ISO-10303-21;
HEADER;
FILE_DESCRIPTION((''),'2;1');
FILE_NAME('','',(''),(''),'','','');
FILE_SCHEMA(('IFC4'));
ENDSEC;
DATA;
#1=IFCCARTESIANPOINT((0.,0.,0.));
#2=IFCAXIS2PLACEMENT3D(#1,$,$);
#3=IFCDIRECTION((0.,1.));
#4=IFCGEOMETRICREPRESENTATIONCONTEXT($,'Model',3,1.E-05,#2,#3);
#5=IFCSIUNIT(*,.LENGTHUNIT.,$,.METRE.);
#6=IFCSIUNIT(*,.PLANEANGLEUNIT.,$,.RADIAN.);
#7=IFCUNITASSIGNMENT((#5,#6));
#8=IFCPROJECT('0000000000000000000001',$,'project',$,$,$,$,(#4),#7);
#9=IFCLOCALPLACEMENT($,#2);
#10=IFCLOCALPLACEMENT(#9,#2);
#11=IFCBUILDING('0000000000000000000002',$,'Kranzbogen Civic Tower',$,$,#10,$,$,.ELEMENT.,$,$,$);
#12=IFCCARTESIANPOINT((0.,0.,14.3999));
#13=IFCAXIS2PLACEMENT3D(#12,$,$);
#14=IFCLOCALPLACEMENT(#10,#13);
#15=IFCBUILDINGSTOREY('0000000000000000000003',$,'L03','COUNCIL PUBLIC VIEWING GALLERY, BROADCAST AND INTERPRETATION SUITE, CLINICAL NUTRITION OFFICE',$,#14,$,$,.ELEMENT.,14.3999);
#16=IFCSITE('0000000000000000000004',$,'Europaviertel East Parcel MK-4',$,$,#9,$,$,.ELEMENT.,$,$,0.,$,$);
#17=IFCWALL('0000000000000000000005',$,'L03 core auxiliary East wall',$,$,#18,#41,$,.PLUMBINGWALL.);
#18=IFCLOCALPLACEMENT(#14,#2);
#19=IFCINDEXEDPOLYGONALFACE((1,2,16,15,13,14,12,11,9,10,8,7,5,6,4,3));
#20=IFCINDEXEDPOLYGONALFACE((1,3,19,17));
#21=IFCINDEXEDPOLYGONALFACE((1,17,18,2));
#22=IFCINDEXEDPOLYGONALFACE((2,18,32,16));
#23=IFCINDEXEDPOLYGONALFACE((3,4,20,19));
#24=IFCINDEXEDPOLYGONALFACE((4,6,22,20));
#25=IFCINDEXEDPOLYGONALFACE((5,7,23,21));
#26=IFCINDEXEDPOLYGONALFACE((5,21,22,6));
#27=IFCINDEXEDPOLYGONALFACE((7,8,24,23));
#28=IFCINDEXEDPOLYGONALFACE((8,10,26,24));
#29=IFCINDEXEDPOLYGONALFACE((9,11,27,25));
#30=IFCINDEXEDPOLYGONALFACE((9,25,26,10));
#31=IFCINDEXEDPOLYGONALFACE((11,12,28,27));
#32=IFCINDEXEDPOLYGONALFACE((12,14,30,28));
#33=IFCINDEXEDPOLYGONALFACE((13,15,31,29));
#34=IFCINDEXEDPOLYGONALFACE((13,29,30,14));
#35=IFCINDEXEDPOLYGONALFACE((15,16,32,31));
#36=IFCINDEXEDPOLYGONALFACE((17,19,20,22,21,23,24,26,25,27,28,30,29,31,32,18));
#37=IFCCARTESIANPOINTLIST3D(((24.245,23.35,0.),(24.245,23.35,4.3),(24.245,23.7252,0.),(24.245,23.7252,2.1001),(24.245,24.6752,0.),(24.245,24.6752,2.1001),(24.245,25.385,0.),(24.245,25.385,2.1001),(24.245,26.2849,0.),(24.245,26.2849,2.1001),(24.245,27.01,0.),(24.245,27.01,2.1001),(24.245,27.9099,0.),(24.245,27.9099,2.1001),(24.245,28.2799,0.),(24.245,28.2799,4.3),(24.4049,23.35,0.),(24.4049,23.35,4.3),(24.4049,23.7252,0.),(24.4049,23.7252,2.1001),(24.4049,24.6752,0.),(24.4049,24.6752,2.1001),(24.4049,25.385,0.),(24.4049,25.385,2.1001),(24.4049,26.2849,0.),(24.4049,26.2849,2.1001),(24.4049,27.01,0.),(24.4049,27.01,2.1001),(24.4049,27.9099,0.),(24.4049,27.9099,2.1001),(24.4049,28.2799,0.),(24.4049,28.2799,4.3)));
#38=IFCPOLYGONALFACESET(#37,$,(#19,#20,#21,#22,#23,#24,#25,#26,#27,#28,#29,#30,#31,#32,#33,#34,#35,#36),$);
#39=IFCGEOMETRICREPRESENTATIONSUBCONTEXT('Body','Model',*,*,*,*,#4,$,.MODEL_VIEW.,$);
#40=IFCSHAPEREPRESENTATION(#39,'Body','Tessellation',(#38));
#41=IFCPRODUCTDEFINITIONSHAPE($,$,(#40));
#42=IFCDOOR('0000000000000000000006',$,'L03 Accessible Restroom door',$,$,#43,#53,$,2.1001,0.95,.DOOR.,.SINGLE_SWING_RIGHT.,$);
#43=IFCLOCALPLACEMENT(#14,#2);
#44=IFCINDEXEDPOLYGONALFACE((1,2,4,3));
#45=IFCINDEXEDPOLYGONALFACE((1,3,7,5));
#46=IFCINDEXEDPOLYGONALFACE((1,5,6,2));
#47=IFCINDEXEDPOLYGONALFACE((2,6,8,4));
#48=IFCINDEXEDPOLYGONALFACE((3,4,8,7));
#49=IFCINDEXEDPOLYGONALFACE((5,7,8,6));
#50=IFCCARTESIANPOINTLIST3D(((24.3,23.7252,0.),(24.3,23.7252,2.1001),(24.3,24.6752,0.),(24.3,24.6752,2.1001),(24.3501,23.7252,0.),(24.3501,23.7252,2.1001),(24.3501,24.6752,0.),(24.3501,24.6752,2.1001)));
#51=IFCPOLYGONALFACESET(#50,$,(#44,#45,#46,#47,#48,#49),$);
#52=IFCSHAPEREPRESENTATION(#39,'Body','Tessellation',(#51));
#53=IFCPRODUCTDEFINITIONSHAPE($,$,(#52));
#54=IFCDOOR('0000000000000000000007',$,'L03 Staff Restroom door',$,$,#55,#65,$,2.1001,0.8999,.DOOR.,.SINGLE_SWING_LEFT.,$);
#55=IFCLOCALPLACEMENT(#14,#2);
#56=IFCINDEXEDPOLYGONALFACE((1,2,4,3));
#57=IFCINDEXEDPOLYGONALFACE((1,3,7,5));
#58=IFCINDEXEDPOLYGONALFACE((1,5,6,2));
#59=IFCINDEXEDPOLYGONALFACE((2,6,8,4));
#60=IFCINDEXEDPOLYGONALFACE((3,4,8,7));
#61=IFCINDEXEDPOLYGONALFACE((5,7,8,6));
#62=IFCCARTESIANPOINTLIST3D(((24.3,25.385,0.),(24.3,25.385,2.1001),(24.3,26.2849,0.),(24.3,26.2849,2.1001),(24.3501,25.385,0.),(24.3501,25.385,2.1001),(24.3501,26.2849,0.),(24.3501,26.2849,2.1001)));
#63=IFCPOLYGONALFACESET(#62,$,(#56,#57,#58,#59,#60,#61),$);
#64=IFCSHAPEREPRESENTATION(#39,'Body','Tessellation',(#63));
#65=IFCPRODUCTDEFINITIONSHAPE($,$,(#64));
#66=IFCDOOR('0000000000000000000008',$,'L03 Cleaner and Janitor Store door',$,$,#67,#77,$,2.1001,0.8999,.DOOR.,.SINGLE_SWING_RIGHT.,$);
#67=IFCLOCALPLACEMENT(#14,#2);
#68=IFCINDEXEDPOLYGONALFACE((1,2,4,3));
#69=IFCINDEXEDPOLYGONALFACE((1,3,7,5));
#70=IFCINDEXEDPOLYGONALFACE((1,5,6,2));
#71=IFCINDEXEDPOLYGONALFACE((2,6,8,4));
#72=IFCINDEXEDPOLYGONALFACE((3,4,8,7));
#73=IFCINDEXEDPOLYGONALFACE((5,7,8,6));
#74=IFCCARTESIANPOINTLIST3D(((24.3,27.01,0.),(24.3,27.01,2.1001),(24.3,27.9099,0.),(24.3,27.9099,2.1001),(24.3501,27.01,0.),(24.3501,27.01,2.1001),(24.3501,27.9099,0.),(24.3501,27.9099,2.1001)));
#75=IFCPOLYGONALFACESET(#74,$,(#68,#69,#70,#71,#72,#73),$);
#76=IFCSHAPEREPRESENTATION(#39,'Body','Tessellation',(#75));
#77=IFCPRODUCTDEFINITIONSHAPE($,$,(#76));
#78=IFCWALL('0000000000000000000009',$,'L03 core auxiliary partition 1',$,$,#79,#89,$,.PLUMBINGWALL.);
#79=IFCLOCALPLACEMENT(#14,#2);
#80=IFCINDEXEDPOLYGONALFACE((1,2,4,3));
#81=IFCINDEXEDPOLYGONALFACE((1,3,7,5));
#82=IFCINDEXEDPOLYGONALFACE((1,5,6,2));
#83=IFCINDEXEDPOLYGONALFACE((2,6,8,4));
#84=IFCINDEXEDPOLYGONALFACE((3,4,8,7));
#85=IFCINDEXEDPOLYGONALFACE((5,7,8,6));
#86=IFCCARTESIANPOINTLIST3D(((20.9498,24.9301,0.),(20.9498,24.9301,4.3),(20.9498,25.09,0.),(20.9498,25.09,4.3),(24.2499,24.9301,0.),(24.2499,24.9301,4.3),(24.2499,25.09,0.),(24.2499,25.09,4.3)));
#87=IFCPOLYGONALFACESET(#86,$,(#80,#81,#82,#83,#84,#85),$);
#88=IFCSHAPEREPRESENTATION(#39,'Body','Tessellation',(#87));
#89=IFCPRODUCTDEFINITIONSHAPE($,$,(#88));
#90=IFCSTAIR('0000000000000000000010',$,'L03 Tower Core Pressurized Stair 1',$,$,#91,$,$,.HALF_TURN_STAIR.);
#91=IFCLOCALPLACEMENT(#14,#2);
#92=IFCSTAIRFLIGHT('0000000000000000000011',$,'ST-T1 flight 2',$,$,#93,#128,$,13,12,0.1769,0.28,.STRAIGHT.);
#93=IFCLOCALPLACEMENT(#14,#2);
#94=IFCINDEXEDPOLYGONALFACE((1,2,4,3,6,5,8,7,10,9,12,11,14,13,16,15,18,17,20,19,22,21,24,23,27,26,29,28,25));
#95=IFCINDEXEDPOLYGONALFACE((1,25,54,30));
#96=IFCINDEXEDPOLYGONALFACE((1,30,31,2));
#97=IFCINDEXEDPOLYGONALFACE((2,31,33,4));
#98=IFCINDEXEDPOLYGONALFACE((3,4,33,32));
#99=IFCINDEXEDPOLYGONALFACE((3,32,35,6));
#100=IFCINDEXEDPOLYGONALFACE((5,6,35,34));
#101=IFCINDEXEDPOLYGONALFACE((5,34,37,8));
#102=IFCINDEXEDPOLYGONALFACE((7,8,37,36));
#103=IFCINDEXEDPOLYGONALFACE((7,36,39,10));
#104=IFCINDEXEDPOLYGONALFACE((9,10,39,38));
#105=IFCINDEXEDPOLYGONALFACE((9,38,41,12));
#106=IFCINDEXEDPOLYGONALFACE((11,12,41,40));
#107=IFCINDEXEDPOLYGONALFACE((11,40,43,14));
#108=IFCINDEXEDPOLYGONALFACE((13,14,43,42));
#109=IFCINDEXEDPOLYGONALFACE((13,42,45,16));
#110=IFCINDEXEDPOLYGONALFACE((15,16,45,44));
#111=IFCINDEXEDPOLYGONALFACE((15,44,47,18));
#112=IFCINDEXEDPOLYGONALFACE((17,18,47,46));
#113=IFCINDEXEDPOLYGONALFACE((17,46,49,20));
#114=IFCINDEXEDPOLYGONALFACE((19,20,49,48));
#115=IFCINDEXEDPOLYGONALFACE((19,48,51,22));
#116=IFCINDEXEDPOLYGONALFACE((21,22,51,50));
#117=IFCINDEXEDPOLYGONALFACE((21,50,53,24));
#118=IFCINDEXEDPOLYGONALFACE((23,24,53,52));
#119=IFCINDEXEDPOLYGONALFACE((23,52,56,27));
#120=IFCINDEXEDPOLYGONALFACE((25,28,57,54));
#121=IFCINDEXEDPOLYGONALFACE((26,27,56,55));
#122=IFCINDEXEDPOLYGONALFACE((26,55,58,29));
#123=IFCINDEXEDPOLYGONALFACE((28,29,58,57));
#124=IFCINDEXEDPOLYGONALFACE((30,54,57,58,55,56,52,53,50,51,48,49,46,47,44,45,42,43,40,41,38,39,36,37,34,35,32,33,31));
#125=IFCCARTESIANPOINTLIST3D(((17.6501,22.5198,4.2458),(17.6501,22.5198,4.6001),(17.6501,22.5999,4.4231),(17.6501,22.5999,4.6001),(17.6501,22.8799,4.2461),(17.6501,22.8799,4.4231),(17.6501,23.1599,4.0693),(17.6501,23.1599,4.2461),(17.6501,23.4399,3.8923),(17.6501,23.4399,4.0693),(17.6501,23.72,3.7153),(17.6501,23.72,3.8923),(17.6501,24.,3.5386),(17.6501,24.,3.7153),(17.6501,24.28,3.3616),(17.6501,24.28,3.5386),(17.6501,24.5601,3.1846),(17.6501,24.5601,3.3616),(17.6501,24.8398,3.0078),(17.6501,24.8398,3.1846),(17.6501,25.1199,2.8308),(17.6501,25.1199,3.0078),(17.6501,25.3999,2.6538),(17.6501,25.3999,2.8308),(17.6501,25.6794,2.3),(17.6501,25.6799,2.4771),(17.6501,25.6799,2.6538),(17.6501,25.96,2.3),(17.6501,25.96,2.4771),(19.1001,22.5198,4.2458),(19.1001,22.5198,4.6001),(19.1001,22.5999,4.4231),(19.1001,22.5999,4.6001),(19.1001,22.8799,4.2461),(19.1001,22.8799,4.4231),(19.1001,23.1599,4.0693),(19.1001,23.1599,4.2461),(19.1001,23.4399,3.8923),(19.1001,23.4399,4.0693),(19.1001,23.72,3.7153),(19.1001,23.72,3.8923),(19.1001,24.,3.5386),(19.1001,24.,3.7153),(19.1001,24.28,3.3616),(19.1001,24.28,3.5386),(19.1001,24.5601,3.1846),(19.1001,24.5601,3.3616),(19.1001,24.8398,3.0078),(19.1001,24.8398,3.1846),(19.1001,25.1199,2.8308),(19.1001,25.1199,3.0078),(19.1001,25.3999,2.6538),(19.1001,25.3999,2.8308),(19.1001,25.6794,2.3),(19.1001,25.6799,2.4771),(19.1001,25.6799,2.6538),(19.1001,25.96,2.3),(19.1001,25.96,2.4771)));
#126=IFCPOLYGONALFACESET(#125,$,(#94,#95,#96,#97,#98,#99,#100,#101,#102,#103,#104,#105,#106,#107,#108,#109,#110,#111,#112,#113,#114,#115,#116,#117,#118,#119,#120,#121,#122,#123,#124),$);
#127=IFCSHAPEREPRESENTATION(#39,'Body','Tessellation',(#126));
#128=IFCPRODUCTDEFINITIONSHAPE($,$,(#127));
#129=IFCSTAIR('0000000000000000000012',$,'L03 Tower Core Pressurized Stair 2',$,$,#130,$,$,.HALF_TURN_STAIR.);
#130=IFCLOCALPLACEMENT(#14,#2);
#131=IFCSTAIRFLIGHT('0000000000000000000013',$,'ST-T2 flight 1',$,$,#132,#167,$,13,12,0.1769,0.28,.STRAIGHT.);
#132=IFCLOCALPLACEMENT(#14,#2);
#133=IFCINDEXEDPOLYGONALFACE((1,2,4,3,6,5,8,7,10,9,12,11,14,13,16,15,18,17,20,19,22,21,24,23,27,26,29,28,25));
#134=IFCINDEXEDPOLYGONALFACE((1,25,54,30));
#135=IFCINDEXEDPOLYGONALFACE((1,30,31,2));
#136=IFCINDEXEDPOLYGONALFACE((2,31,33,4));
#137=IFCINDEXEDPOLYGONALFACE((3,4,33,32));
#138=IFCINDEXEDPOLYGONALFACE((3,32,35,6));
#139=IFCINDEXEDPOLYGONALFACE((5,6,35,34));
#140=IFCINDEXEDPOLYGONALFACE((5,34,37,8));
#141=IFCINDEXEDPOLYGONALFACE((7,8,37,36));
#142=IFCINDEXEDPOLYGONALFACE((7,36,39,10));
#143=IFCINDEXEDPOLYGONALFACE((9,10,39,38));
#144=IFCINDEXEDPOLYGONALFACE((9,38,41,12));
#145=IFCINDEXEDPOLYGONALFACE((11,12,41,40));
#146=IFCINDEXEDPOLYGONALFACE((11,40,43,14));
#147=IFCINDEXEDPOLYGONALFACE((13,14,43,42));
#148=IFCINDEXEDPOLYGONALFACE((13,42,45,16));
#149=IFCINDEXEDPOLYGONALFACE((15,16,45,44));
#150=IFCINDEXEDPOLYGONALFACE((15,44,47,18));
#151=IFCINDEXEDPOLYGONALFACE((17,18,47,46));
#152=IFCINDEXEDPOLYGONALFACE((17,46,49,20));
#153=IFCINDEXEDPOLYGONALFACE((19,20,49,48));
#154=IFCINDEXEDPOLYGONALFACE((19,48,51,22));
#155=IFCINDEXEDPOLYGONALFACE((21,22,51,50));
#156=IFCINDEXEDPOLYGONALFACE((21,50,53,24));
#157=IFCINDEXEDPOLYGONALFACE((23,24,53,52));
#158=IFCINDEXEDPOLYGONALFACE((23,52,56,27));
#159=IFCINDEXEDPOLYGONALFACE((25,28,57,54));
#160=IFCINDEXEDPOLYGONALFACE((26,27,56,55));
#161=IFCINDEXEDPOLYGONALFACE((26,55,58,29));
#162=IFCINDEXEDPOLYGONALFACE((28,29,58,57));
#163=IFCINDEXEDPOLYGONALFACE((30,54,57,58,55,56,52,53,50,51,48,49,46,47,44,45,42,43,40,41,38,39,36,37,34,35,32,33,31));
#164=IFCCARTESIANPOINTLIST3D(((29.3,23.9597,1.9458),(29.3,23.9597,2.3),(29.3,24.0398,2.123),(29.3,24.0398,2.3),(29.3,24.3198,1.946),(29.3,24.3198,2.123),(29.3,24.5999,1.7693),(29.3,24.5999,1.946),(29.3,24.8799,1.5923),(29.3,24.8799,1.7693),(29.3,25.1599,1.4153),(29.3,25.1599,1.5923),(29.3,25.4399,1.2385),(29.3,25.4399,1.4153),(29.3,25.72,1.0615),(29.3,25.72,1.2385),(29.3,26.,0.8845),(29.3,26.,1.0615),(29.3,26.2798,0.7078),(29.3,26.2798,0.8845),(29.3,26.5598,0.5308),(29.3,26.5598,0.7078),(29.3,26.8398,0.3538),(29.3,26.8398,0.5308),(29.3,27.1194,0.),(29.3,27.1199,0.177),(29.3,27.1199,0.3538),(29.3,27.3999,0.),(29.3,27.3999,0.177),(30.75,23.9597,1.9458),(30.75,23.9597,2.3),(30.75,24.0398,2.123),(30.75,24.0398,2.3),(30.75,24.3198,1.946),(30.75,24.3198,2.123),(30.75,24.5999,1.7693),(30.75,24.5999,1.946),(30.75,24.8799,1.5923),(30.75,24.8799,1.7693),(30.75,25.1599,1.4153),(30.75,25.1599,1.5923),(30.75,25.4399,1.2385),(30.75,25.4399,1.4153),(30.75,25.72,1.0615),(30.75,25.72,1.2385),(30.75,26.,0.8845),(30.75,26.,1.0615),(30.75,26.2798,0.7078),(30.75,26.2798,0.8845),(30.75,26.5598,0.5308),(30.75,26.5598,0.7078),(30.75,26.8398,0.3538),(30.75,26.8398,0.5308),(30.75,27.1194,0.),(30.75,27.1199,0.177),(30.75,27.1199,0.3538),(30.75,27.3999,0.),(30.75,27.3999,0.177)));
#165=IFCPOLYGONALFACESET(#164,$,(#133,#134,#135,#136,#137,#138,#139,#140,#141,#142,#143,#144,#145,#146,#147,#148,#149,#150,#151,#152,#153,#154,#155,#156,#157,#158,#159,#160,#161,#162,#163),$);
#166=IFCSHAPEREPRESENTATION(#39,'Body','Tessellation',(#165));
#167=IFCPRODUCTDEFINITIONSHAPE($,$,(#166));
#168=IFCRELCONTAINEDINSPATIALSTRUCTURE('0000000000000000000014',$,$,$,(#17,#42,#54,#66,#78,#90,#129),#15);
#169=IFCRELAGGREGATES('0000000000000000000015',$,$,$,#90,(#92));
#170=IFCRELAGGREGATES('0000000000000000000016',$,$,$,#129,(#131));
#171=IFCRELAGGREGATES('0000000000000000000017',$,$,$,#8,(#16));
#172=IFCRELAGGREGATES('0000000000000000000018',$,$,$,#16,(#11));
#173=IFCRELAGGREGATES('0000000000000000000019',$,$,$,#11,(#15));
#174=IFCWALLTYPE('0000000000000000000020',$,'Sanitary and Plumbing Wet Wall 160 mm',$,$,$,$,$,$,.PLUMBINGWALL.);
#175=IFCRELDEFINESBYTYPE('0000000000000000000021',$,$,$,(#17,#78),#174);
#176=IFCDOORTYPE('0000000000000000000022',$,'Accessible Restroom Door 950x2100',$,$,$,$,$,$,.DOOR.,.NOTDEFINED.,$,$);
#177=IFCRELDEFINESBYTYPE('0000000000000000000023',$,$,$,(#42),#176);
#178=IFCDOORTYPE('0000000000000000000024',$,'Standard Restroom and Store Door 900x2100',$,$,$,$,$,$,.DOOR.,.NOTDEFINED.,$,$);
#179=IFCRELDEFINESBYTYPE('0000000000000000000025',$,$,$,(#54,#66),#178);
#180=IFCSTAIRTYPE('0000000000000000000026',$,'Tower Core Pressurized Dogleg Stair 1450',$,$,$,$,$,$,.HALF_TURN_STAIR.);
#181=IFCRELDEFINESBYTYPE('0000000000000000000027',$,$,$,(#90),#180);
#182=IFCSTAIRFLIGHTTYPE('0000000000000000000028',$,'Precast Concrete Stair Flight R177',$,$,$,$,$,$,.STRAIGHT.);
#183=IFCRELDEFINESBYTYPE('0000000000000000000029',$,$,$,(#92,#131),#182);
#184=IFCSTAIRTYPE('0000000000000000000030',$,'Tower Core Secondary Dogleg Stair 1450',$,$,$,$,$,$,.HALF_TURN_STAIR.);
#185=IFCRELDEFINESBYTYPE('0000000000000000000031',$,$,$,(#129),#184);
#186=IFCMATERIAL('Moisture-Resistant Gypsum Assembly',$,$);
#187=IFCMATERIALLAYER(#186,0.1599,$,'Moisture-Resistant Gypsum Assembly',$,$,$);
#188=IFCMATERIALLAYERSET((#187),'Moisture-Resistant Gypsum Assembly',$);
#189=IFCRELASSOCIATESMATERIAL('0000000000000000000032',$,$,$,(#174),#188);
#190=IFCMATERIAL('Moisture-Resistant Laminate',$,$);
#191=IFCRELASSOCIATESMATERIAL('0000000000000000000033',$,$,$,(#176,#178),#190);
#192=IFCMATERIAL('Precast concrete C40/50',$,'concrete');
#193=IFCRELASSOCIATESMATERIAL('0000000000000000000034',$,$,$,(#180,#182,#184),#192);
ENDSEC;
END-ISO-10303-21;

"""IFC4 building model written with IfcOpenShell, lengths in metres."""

from ifc_helpers import new_model, si_unit, direction, frame, frame_2d, origin, place, context, subcontext, project, spatial, polyline, rectangle, outline, extrude, material, layer, layer_set, type_object, element, fill, aggregate, save


model = new_model("IFC4")

# Units and contexts
model_context = context("Model", 3, precision=1e-05, world=origin(), true_north=direction((0.0, 1.0)))
body_context = subcontext(model_context, "Body", "Model", "MODEL_VIEW")
ifc_project = project(units=[si_unit("LENGTHUNIT", "METRE"), si_unit("PLANEANGLEUNIT", "RADIAN")], contexts=[model_context])

# Site, building, storey
site_placement = place(None, origin())
site = spatial("IfcSite", under=ifc_project, at=site_placement, Name="Europaviertel East Parcel MK-4", CompositionType="ELEMENT", RefElevation=0.0)
building_placement = place(site_placement, origin())
building = spatial("IfcBuilding", under=site, at=building_placement, Name="Kranzbogen Civic Tower", CompositionType="ELEMENT")
storey_placement = place(building_placement, frame((0.0, 0.0, 14.3999)))
storey = spatial("IfcBuildingStorey", under=building, at=storey_placement, Name="L03", Description="COUNCIL PUBLIC VIEWING GALLERY, BROADCAST AND INTERPRETATION SUITE, CLINICAL NUTRITION OFFICE", CompositionType="ELEMENT", Elevation=14.3999)

# Wall, openings, doors
ifc_material_1 = material(Name="Moisture-Resistant Gypsum Assembly")
ifc_layer_1 = layer(ifc_material_1, 0.1599, Name="Moisture-Resistant Gypsum Assembly")
ifc_layer_set_1 = layer_set([ifc_layer_1], Name="Moisture-Resistant Gypsum Assembly")
wall_type_1 = type_object("IfcWallType", Name="Sanitary and Plumbing Wet Wall 160 mm", PredefinedType="PLUMBINGWALL", material=ifc_layer_set_1)
wall_1_placement = place(storey_placement, frame((24.325, 23.3501, 0.0), z_axis=(0.0, 0.0, 1.0), x_axis=(0.0, 1.0, 0.0)))
wall_1 = element("IfcWall", 1, at=wall_1_placement, inside=storey, type_object=wall_type_1, Name="L03 core auxiliary East wall", PredefinedType="PLUMBINGWALL", context=body_context, shape_type="SweptSolid", body=[
    extrude(rectangle(XDim=4.9299, YDim=0.1599, at=frame_2d((2.4648, 0.0))), origin(), (0.0, 0.0, 1.0), 4.3),
])
opening_1_placement = place(wall_1_placement, frame((0.375, 0.0, 0.0)))
opening_1 = element("IfcOpeningElement", 2, at=opening_1_placement, cuts=wall_1, PredefinedType="OPENING", context=body_context, shape_type="SweptSolid", body=[
    extrude(rectangle(XDim=0.95, YDim=2.1001, at=frame_2d((0.4751, 1.05))), frame((0.0, 0.0898, 0.0), z_axis=(0.0, -1.0, 0.0), x_axis=(1.0, 0.0, 0.0)), (0.0, 0.0, 1.0), 0.1799),
])
opening_2_placement = place(wall_1_placement, frame((2.0349, 0.0, 0.0)))
opening_2 = element("IfcOpeningElement", 3, at=opening_2_placement, cuts=wall_1, PredefinedType="OPENING", context=body_context, shape_type="SweptSolid", body=[
    extrude(rectangle(XDim=0.8999, YDim=2.1001, at=frame_2d((0.45, 1.05))), frame((0.0, 0.0898, 0.0), z_axis=(0.0, -1.0, 0.0), x_axis=(1.0, 0.0, 0.0)), (0.0, 0.0, 1.0), 0.1799),
])
opening_3_placement = place(wall_1_placement, frame((3.6599, 0.0, 0.0)))
opening_3 = element("IfcOpeningElement", 4, at=opening_3_placement, cuts=wall_1, PredefinedType="OPENING", context=body_context, shape_type="SweptSolid", body=[
    extrude(rectangle(XDim=0.8999, YDim=2.1001, at=frame_2d((0.45, 1.05))), frame((0.0, 0.0898, 0.0), z_axis=(0.0, -1.0, 0.0), x_axis=(1.0, 0.0, 0.0)), (0.0, 0.0, 1.0), 0.1799),
])
ifc_material_2 = material(Name="Moisture-Resistant Laminate")
door_type_1 = type_object("IfcDoorType", Name="Accessible Restroom Door 950x2100", OperationType="NOTDEFINED", PredefinedType="DOOR", material=ifc_material_2)
door_1_placement = place(opening_1_placement, origin())
door_1 = element("IfcDoor", 5, at=door_1_placement, inside=storey, type_object=door_type_1, Name="L03 Accessible Restroom door", OperationType="SINGLE_SWING_RIGHT", OverallHeight=2.1001, OverallWidth=0.95, PredefinedType="DOOR", context=body_context, shape_type="SweptSolid", body=[
    extrude(rectangle(XDim=0.95, YDim=2.1001, at=frame_2d((0.4751, 1.05))), frame((0.0, 0.0249, 0.0), z_axis=(0.0, -1.0, 0.0), x_axis=(1.0, 0.0, 0.0)), (0.0, 0.0, 1.0), 0.05),
])
fill(opening_1, door_1)
door_type_2 = type_object("IfcDoorType", Name="Standard Restroom and Store Door 900x2100", OperationType="NOTDEFINED", PredefinedType="DOOR", material=ifc_material_2)
door_2_placement = place(opening_2_placement, origin())
door_2 = element("IfcDoor", 6, at=door_2_placement, inside=storey, type_object=door_type_2, Name="L03 Staff Restroom door", OperationType="SINGLE_SWING_LEFT", OverallHeight=2.1001, OverallWidth=0.8999, PredefinedType="DOOR", context=body_context, shape_type="SweptSolid", body=[
    extrude(rectangle(XDim=0.8999, YDim=2.1001, at=frame_2d((0.45, 1.05))), frame((0.0, 0.0249, 0.0), z_axis=(0.0, -1.0, 0.0), x_axis=(1.0, 0.0, 0.0)), (0.0, 0.0, 1.0), 0.05),
])
fill(opening_2, door_2)
door_3_placement = place(opening_3_placement, origin())
door_3 = element("IfcDoor", 7, at=door_3_placement, inside=storey, type_object=door_type_2, Name="L03 Cleaner and Janitor Store door", OperationType="SINGLE_SWING_RIGHT", OverallHeight=2.1001, OverallWidth=0.8999, PredefinedType="DOOR", context=body_context, shape_type="SweptSolid", body=[
    extrude(rectangle(XDim=0.8999, YDim=2.1001, at=frame_2d((0.45, 1.05))), frame((0.0, 0.0249, 0.0), z_axis=(0.0, -1.0, 0.0), x_axis=(1.0, 0.0, 0.0)), (0.0, 0.0, 1.0), 0.05),
])
fill(opening_3, door_3)

# Wall
wall_2_placement = place(storey_placement, frame((20.95, 25.01, 0.0), z_axis=(0.0, 0.0, 1.0), x_axis=(1.0, 0.0, 0.0)))
element("IfcWall", 8, at=wall_2_placement, inside=storey, type_object=wall_type_1, Name="L03 core auxiliary partition 1", PredefinedType="PLUMBINGWALL", context=body_context, shape_type="SweptSolid", body=[
    extrude(rectangle(XDim=3.3, YDim=0.1599, at=frame_2d((1.6499, 0.0))), origin(), (0.0, 0.0, 1.0), 4.3),
])

# Stair, stair flight
ifc_material_3 = material(Name="Precast concrete C40/50", Category="concrete")
stair_type_1 = type_object("IfcStairType", Name="Tower Core Pressurized Dogleg Stair 1450", PredefinedType="HALF_TURN_STAIR", material=ifc_material_3)
stair_1_placement = place(storey_placement, origin())
stair_1 = element("IfcStair", 9, at=stair_1_placement, inside=storey, type_object=stair_type_1, Name="L03 Tower Core Pressurized Stair 1", PredefinedType="HALF_TURN_STAIR")
stair_flight_type = type_object("IfcStairFlightType", Name="Precast Concrete Stair Flight R177", PredefinedType="STRAIGHT", material=ifc_material_3)
stair_flight_1_placement = place(storey_placement, frame((18.375, 25.96, 2.3), z_axis=(0.0, 0.0, 1.0), x_axis=(0.0, -1.0, 0.0)))
stair_flight_1 = element("IfcStairFlight", 10, at=stair_flight_1_placement, type_object=stair_flight_type, Name="ST-T1 flight 2", NumberOfRisers=13, NumberOfTreads=12, PredefinedType="STRAIGHT", RiserHeight=0.1769, TreadLength=0.28, context=body_context, shape_type="SweptSolid", body=[
    extrude(outline(polyline([(0.0, 0.0), (0.0, 0.177), (0.28, 0.177), (0.28, 0.3538), (0.5601, 0.3538), (0.5601, 0.5308), (0.8401, 0.5308), (0.8401, 0.7078), (1.1201, 0.7078), (1.1201, 0.8845), (1.3999, 0.8845), (1.3999, 1.0615), (1.6799, 1.0615), (1.6799, 1.2385), (1.96, 1.2385), (1.96, 1.4153), (2.24, 1.4153), (2.24, 1.5923), (2.52, 1.5923), (2.52, 1.7693), (2.8, 1.7693), (2.8, 1.946), (3.0801, 1.946), (3.0801, 2.123), (3.3601, 2.123), (3.3601, 2.3), (3.4402, 2.3), (3.4402, 1.9458), (0.2805, 0.0), (0.0, 0.0)])), frame((0.0, 0.7251, 0.0), z_axis=(0.0, -1.0, 0.0), x_axis=(1.0, 0.0, 0.0)), (0.0, 0.0, 1.0), 1.45),
])
aggregate(stair_1, [stair_flight_1])

# Stair, stair flight
stair_type_2 = type_object("IfcStairType", Name="Tower Core Secondary Dogleg Stair 1450", PredefinedType="HALF_TURN_STAIR", material=ifc_material_3)
stair_2_placement = place(storey_placement, origin())
stair_2 = element("IfcStair", 11, at=stair_2_placement, inside=storey, type_object=stair_type_2, Name="L03 Tower Core Pressurized Stair 2", PredefinedType="HALF_TURN_STAIR")
stair_flight_2_placement = place(storey_placement, frame((30.0249, 27.3999, 0.0), z_axis=(0.0, 0.0, 1.0), x_axis=(0.0, -1.0, 0.0)))
stair_flight_2 = element("IfcStairFlight", 12, at=stair_flight_2_placement, type_object=stair_flight_type, Name="ST-T2 flight 1", NumberOfRisers=13, NumberOfTreads=12, PredefinedType="STRAIGHT", RiserHeight=0.1769, TreadLength=0.28, context=body_context, shape_type="SweptSolid", body=[
    extrude(outline(polyline([(0.0, 0.0), (0.0, 0.177), (0.28, 0.177), (0.28, 0.3538), (0.5601, 0.3538), (0.5601, 0.5308), (0.8401, 0.5308), (0.8401, 0.7078), (1.1201, 0.7078), (1.1201, 0.8845), (1.3999, 0.8845), (1.3999, 1.0615), (1.6799, 1.0615), (1.6799, 1.2385), (1.96, 1.2385), (1.96, 1.4153), (2.24, 1.4153), (2.24, 1.5923), (2.52, 1.5923), (2.52, 1.7693), (2.8, 1.7693), (2.8, 1.946), (3.0801, 1.946), (3.0801, 2.123), (3.3601, 2.123), (3.3601, 2.3), (3.4402, 2.3), (3.4402, 1.9458), (0.2805, 0.0), (0.0, 0.0)])), frame((0.0, 0.7251, 0.0), z_axis=(0.0, -1.0, 0.0), x_axis=(1.0, 0.0, 0.0)), (0.0, 0.0, 1.0), 1.45),
])
aggregate(stair_2, [stair_flight_2])

save(model, "model.ifc")
